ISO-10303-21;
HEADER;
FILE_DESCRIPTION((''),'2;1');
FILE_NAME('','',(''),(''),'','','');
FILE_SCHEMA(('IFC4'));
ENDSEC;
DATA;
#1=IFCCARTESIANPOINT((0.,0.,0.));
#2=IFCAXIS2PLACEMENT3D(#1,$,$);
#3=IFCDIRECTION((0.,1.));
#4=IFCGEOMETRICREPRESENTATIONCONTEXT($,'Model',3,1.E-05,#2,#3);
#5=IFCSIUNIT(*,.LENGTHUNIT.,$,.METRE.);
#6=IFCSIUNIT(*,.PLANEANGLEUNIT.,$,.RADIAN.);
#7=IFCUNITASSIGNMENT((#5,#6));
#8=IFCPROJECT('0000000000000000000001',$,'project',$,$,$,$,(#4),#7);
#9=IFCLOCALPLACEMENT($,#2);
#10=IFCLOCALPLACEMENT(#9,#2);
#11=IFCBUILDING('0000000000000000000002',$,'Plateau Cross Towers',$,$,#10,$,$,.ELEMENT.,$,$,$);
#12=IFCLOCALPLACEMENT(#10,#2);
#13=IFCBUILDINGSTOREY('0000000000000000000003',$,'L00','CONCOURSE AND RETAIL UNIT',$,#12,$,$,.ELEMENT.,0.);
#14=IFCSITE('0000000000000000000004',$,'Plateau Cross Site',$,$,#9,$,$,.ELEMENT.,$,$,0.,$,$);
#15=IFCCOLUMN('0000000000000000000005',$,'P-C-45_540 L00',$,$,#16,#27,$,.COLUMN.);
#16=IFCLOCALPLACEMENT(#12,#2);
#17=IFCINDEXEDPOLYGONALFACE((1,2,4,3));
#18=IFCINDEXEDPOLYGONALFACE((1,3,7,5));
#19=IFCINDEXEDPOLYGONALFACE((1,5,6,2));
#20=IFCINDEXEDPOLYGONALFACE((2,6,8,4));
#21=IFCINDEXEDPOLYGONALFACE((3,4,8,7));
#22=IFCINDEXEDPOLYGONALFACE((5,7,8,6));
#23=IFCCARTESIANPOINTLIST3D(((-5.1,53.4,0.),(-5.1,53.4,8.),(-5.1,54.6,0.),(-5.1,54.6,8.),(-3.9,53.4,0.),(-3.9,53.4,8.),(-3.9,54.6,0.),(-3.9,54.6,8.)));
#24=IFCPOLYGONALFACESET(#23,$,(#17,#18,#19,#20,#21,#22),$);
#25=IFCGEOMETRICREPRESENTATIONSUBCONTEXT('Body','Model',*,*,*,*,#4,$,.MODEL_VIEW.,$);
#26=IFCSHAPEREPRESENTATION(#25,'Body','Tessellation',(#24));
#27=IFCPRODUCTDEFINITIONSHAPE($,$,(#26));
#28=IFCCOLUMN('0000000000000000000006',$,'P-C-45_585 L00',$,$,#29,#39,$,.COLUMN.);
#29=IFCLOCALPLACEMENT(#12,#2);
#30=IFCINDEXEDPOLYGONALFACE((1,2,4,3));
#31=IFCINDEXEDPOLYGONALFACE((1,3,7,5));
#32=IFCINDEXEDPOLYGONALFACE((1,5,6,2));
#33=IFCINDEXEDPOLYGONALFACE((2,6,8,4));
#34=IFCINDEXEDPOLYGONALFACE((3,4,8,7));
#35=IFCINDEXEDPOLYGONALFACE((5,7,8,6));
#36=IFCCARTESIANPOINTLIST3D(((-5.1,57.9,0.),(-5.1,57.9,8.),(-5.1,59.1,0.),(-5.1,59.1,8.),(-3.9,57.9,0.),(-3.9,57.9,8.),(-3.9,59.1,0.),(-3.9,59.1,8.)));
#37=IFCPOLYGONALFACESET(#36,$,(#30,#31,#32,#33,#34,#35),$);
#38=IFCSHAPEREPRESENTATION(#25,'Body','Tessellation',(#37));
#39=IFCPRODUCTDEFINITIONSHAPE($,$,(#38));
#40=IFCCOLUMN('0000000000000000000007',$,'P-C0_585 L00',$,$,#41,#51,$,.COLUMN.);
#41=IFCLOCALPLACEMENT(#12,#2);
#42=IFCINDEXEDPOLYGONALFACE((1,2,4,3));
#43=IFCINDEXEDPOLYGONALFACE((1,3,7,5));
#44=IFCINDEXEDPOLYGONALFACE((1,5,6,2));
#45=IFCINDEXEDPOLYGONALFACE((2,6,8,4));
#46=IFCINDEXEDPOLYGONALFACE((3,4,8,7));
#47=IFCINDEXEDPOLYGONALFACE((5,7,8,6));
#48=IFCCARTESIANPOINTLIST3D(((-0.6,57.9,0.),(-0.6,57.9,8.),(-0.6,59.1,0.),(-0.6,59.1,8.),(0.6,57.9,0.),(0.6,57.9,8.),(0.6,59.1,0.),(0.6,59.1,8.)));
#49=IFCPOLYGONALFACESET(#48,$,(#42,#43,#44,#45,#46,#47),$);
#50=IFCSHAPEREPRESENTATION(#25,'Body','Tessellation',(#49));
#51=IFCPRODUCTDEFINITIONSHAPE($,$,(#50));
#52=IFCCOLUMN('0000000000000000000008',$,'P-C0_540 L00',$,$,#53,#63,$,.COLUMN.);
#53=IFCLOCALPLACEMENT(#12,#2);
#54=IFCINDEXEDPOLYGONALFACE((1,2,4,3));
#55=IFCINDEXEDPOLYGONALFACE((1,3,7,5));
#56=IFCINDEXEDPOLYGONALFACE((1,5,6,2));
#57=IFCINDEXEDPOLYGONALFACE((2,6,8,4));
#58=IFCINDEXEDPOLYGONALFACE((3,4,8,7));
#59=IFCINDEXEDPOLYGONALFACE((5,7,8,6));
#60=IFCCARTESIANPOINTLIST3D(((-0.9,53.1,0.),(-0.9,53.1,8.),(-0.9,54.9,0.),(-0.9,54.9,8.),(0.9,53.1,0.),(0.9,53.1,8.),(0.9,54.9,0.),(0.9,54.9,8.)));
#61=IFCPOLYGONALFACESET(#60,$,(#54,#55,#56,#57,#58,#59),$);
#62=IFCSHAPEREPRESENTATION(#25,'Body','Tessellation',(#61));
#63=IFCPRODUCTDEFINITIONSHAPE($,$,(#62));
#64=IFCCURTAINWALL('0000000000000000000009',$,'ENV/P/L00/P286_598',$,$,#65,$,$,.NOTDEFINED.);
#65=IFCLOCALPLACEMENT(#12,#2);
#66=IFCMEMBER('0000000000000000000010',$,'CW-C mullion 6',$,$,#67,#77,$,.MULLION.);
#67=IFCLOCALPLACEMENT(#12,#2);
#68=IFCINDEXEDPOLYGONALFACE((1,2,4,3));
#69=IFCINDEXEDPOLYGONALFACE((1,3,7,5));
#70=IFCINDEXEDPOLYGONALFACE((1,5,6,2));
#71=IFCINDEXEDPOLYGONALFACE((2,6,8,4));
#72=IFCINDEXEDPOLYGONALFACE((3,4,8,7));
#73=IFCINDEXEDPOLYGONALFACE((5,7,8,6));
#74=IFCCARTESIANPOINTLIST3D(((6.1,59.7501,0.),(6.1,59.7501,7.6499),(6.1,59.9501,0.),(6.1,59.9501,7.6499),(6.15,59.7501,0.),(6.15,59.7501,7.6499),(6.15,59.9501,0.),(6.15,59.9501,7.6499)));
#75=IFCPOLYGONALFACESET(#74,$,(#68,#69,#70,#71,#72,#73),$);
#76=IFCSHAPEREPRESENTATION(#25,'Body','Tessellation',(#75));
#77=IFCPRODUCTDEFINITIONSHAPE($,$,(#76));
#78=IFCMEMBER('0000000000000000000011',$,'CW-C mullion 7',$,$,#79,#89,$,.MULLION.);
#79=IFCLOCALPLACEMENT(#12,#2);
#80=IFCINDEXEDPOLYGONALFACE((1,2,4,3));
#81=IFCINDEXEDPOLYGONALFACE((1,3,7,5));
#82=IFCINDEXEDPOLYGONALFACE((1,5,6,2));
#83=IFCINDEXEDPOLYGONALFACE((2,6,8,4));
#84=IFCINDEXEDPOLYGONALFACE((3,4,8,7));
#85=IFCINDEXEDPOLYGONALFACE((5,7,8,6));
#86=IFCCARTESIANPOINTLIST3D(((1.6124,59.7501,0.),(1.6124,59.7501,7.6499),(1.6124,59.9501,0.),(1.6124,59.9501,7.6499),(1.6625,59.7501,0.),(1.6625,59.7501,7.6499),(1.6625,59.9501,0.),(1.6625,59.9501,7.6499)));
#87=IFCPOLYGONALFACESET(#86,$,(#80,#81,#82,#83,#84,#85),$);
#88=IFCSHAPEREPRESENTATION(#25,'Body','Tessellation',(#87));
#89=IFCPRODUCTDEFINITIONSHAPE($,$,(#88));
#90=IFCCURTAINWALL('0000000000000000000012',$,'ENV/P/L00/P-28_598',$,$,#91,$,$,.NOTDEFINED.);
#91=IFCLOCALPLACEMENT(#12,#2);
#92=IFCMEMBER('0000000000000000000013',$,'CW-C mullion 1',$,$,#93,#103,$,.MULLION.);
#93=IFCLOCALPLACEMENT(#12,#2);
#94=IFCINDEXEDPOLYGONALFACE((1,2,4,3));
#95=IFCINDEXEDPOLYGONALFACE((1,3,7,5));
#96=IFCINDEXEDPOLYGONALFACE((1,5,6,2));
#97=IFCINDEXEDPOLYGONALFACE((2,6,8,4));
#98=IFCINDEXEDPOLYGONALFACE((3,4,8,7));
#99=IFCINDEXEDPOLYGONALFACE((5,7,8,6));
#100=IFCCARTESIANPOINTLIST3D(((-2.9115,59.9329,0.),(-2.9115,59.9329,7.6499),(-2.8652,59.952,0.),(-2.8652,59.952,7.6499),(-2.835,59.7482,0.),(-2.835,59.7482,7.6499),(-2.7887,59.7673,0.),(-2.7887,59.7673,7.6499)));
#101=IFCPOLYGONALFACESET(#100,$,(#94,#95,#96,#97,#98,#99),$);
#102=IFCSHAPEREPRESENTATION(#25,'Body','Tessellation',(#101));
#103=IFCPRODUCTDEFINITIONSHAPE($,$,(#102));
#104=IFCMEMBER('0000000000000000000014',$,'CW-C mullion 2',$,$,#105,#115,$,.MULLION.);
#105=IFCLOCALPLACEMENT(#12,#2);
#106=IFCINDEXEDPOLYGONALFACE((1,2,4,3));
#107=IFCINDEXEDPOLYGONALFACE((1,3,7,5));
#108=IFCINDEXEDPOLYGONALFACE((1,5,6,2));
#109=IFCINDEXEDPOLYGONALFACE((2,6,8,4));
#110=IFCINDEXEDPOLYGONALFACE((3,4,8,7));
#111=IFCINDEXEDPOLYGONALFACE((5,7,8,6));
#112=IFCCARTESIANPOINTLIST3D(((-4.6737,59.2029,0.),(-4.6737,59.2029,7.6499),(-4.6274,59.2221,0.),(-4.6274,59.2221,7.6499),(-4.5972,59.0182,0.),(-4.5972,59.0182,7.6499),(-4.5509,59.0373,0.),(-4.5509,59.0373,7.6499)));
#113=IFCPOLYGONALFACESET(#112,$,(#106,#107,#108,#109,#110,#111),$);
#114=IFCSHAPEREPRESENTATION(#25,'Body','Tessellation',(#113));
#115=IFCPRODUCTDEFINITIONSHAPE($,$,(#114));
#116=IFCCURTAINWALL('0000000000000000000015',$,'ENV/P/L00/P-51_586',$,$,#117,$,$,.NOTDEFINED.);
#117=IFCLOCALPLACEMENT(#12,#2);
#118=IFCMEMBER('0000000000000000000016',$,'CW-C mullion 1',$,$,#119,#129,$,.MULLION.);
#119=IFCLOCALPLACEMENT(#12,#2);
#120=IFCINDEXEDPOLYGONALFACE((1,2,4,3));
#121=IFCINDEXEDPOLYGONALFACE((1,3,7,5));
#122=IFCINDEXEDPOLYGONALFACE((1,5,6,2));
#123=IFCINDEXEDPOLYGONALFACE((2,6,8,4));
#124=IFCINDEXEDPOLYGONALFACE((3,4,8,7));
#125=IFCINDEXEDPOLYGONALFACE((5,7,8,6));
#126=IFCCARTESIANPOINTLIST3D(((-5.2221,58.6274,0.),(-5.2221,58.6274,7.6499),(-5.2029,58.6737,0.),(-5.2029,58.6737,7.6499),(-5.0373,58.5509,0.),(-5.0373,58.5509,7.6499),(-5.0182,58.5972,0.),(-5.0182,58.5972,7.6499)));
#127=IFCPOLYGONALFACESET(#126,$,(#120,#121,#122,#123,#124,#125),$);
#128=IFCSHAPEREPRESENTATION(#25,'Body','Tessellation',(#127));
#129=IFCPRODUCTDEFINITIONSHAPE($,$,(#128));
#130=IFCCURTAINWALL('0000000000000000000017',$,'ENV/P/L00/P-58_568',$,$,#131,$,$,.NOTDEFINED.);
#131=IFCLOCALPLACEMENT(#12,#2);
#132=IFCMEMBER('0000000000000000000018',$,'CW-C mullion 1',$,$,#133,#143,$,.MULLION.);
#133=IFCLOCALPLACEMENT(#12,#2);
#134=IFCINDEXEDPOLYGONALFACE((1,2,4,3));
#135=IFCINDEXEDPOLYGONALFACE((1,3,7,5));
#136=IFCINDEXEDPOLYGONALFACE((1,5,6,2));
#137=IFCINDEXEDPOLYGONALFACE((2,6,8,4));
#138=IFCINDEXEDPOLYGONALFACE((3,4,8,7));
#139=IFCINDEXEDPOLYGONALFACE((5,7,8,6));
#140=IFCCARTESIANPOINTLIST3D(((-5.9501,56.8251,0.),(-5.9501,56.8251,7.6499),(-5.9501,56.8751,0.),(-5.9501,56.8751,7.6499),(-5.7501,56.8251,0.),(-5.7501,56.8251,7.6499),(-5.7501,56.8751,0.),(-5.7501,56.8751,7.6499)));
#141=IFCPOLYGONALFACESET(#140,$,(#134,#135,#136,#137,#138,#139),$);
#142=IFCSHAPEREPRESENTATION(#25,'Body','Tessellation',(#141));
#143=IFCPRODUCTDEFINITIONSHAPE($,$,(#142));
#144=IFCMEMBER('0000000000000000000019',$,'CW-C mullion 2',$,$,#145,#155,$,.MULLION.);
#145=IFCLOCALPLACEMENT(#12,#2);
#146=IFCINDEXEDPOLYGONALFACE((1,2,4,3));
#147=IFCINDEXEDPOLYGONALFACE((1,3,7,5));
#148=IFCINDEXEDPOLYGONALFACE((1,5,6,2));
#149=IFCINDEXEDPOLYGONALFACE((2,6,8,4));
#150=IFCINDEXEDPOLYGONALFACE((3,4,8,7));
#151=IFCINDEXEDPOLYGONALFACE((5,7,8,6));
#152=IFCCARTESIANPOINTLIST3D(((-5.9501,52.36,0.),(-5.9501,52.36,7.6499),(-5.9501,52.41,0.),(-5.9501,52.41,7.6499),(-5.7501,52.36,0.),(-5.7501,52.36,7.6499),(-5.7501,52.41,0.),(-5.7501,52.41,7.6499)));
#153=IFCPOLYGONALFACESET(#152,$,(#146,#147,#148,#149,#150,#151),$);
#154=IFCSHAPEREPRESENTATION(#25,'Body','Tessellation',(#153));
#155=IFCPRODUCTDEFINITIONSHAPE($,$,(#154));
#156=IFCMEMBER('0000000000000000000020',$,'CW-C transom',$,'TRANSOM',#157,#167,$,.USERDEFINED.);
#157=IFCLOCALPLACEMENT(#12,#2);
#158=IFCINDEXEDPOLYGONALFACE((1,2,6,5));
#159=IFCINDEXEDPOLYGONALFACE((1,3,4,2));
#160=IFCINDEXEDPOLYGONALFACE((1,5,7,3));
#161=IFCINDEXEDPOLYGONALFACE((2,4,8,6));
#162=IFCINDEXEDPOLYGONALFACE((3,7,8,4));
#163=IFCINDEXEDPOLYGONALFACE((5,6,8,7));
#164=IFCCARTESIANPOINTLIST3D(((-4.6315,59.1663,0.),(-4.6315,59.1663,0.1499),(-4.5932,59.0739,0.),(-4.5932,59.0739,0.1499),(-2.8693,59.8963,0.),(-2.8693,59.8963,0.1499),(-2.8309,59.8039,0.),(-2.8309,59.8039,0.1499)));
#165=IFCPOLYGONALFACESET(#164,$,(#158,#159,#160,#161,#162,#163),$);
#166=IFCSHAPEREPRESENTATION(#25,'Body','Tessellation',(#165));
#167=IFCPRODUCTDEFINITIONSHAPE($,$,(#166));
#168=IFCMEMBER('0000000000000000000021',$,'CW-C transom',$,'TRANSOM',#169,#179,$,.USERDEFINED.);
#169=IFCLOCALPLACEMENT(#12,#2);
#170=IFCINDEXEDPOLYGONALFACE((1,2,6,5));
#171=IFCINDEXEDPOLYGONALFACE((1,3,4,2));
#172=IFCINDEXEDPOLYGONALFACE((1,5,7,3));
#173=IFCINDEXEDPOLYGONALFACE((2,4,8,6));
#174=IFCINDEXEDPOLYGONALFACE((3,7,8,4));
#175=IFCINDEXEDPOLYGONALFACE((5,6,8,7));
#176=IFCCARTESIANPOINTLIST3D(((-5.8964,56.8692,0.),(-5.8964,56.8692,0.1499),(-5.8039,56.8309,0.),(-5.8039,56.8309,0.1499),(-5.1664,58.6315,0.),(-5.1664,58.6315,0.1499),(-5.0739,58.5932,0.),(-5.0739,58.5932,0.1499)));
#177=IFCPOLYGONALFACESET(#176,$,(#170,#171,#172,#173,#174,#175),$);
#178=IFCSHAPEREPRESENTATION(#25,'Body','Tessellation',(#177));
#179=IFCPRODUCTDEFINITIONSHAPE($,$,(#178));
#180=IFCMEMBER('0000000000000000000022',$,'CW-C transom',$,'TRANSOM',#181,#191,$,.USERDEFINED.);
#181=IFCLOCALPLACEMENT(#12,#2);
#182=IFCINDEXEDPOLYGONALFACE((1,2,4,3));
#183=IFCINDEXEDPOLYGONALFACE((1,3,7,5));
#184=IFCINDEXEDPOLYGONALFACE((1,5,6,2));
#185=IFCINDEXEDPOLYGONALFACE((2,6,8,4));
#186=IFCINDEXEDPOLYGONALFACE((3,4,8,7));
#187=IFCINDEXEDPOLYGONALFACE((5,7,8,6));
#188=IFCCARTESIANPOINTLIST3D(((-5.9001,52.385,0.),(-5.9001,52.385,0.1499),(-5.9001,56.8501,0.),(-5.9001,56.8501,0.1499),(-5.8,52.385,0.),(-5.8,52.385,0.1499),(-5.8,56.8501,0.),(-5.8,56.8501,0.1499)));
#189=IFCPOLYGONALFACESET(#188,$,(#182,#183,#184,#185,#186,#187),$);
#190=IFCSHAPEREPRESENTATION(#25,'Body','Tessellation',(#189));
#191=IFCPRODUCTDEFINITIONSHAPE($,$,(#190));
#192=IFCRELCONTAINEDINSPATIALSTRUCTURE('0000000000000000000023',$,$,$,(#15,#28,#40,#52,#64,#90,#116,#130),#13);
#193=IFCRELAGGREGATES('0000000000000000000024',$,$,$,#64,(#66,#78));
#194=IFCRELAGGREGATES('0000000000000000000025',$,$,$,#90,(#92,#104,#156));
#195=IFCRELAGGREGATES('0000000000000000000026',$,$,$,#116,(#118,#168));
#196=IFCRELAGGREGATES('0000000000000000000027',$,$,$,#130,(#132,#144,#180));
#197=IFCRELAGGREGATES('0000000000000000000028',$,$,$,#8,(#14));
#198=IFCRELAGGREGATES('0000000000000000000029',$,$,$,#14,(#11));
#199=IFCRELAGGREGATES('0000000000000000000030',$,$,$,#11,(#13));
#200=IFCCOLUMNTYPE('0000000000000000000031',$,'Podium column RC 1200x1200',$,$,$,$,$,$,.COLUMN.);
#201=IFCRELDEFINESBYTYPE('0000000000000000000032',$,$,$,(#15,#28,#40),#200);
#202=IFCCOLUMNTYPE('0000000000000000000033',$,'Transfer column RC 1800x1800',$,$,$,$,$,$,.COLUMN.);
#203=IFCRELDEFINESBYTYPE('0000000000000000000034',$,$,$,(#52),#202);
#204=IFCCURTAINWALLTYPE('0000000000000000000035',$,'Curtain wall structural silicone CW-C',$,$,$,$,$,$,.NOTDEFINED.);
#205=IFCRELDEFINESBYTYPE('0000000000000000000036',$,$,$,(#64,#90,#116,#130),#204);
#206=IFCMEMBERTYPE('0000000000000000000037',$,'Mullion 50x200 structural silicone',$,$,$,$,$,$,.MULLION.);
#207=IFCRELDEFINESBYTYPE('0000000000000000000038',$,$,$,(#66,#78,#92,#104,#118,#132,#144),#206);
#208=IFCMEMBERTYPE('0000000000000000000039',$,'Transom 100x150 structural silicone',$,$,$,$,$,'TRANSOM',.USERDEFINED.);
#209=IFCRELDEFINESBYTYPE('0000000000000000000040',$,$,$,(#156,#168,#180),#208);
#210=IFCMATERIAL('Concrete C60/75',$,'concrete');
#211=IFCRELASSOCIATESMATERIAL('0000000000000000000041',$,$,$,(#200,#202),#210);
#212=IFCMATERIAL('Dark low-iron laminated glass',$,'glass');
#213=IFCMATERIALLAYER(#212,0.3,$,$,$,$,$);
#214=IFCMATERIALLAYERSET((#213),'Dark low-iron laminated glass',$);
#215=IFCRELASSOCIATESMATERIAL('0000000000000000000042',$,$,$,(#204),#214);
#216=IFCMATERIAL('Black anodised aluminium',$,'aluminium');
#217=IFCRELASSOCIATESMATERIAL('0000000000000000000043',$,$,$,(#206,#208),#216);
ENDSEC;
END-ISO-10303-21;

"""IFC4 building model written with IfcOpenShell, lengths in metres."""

from ifc_helpers import new_model, si_unit, direction, frame, origin, origin_2d, place, context, subcontext, project, spatial, rectangle, extrude, material, layer, layer_set, material_profile, profile_set, type_object, element, aggregate, save


model = new_model("IFC4")

# Units and contexts
model_context = context("Model", 3, precision=1e-05, world=origin(), true_north=direction((0.0, 1.0)))
body_context = subcontext(model_context, "Body", "Model", "MODEL_VIEW")
ifc_project = project(units=[si_unit("LENGTHUNIT", "METRE"), si_unit("PLANEANGLEUNIT", "RADIAN")], contexts=[model_context])

# Site, building, storey
site_placement = place(None, origin())
site = spatial("IfcSite", under=ifc_project, at=site_placement, Name="Plateau Cross Site", CompositionType="ELEMENT", RefElevation=0.0)
building_placement = place(site_placement, origin())
building = spatial("IfcBuilding", under=site, at=building_placement, Name="Plateau Cross Towers", CompositionType="ELEMENT")
storey_placement = place(building_placement, origin())
storey = spatial("IfcBuildingStorey", under=building, at=storey_placement, Name="L00", Description="CONCOURSE AND RETAIL UNIT", CompositionType="ELEMENT", Elevation=0.0)

# Columns
ifc_material_1 = material(Name="Concrete C60/75", Category="concrete")
ifc_material_profile_1 = material_profile(ifc_material_1, rectangle(XDim=1.2, YDim=1.2, at=origin_2d()), Name="RC 1200x1200")
ifc_profile_set_1 = profile_set([ifc_material_profile_1], Name="Concrete C60/75")
column_type_1 = type_object("IfcColumnType", Name="Podium column RC 1200x1200", PredefinedType="COLUMN", material=ifc_profile_set_1)
for number, where, z_axis, x_axis, name in (
    (1, (-4.5, 54.0, 0.0), (0.0, 0.0, 1.0), (1.0, 0.0, 0.0), "P-C-45_540 L00"),
    (2, (-4.5, 58.5, 0.0), (0.0, 0.0, 1.0), (1.0, 0.0, 0.0), "P-C-45_585 L00"),
    (3, (0.0, 58.5, 0.0), (0.0, 0.0, 1.0), (1.0, 0.0, 0.0), "P-C0_585 L00"),
):
    element("IfcColumn", number, at=place(storey_placement, frame(where, z_axis=z_axis, x_axis=x_axis)), inside=storey, type_object=column_type_1, Name=name, PredefinedType="COLUMN", context=body_context, shape_type="SweptSolid", body=[
        extrude(rectangle(XDim=1.2, YDim=1.2, at=origin_2d()), origin(), (0.0, 0.0, 1.0), 8.0),
    ])
ifc_material_profile_2 = material_profile(ifc_material_1, rectangle(XDim=1.8, YDim=1.8, at=origin_2d()), Name="RC 1800x1800")
ifc_profile_set_2 = profile_set([ifc_material_profile_2], Name="Concrete C60/75")
column_type_2 = type_object("IfcColumnType", Name="Transfer column RC 1800x1800", PredefinedType="COLUMN", material=ifc_profile_set_2)
column_placement = place(storey_placement, frame((0.0, 54.0, 0.0), z_axis=(0.0, 0.0, 1.0), x_axis=(1.0, 0.0, 0.0)))
element("IfcColumn", 4, at=column_placement, inside=storey, type_object=column_type_2, Name="P-C0_540 L00", PredefinedType="COLUMN", context=body_context, shape_type="SweptSolid", body=[
    extrude(rectangle(XDim=1.8, YDim=1.8, at=origin_2d()), origin(), (0.0, 0.0, 1.0), 8.0),
])

# Curtain walls, members
ifc_material_2 = material(Name="Dark low-iron laminated glass", Category="glass")
ifc_layer_1 = layer(ifc_material_2, 0.3)
ifc_layer_set_1 = layer_set([ifc_layer_1], Name="Dark low-iron laminated glass")
curtain_wall_type = type_object("IfcCurtainWallType", Name="Curtain wall structural silicone CW-C", PredefinedType="NOTDEFINED", material=ifc_layer_set_1)
curtain_wall_1_placement = place(storey_placement, origin())
curtain_wall_1 = element("IfcCurtainWall", 5, at=curtain_wall_1_placement, inside=storey, type_object=curtain_wall_type, Name="ENV/P/L00/P286_598", PredefinedType="NOTDEFINED")
ifc_material_3 = material(Name="Black anodised aluminium", Category="aluminium")
ifc_material_profile_3 = material_profile(ifc_material_3, rectangle(XDim=0.05, YDim=0.2, at=origin_2d()), Name="MULLION 50x200")
ifc_profile_set_3 = profile_set([ifc_material_profile_3], Name="Black anodised aluminium")
member_type_1 = type_object("IfcMemberType", Name="Mullion 50x200 structural silicone", PredefinedType="MULLION", material=ifc_profile_set_3)
member_1_placement = place(storey_placement, frame((6.125, 59.8501, 0.0), z_axis=(0.0, 0.0, 1.0), x_axis=(-1.0, 0.0, 0.0)))
member_1 = element("IfcMember", 6, at=member_1_placement, type_object=member_type_1, Name="CW-C mullion 6", PredefinedType="MULLION", context=body_context, shape_type="SweptSolid", body=[
    extrude(rectangle(XDim=0.05, YDim=0.2, at=origin_2d()), origin(), (0.0, 0.0, 1.0), 7.6499),
])
member_2_placement = place(storey_placement, frame((1.6375, 59.8501, 0.0), z_axis=(0.0, 0.0, 1.0), x_axis=(-1.0, 0.0, 0.0)))
member_2 = element("IfcMember", 7, at=member_2_placement, type_object=member_type_1, Name="CW-C mullion 7", PredefinedType="MULLION", context=body_context, shape_type="SweptSolid", body=[
    extrude(rectangle(XDim=0.05, YDim=0.2, at=origin_2d()), origin(), (0.0, 0.0, 1.0), 7.6499),
])
curtain_wall_2_placement = place(storey_placement, origin())
curtain_wall_2 = element("IfcCurtainWall", 8, at=curtain_wall_2_placement, inside=storey, type_object=curtain_wall_type, Name="ENV/P/L00/P-28_598", PredefinedType="NOTDEFINED")
member_3_placement = place(storey_placement, frame((-2.8501, 59.8501, 0.0), z_axis=(0.0, 0.0, 1.0), x_axis=(-0.923879, -0.382684, 0.0)))
member_3 = element("IfcMember", 9, at=member_3_placement, type_object=member_type_1, Name="CW-C mullion 1", PredefinedType="MULLION", context=body_context, shape_type="SweptSolid", body=[
    extrude(rectangle(XDim=0.05, YDim=0.2, at=origin_2d()), origin(), (0.0, 0.0, 1.0), 7.6499),
])
member_4_placement = place(storey_placement, frame((-4.6123, 59.1201, 0.0), z_axis=(0.0, 0.0, 1.0), x_axis=(-0.923879, -0.382684, 0.0)))
member_4 = element("IfcMember", 10, at=member_4_placement, type_object=member_type_1, Name="CW-C mullion 2", PredefinedType="MULLION", context=body_context, shape_type="SweptSolid", body=[
    extrude(rectangle(XDim=0.05, YDim=0.2, at=origin_2d()), origin(), (0.0, 0.0, 1.0), 7.6499),
])

# Curtain wall, member
curtain_wall_3_placement = place(storey_placement, origin())
curtain_wall_3 = element("IfcCurtainWall", 11, at=curtain_wall_3_placement, inside=storey, type_object=curtain_wall_type, Name="ENV/P/L00/P-51_586", PredefinedType="NOTDEFINED")
member_5_placement = place(storey_placement, frame((-5.1201, 58.6123, 0.0), z_axis=(0.0, 0.0, 1.0), x_axis=(-0.382684, -0.923879, 0.0)))
member_5 = element("IfcMember", 12, at=member_5_placement, type_object=member_type_1, Name="CW-C mullion 1", PredefinedType="MULLION", context=body_context, shape_type="SweptSolid", body=[
    extrude(rectangle(XDim=0.05, YDim=0.2, at=origin_2d()), origin(), (0.0, 0.0, 1.0), 7.6499),
])

# Curtain wall, members
curtain_wall_4_placement = place(storey_placement, origin())
curtain_wall_4 = element("IfcCurtainWall", 13, at=curtain_wall_4_placement, inside=storey, type_object=curtain_wall_type, Name="ENV/P/L00/P-58_568", PredefinedType="NOTDEFINED")
member_6_placement = place(storey_placement, frame((-5.8501, 56.8501, 0.0), z_axis=(0.0, 0.0, 1.0), x_axis=(0.0, -1.0, 0.0)))
member_6 = element("IfcMember", 14, at=member_6_placement, type_object=member_type_1, Name="CW-C mullion 1", PredefinedType="MULLION", context=body_context, shape_type="SweptSolid", body=[
    extrude(rectangle(XDim=0.05, YDim=0.2, at=origin_2d()), origin(), (0.0, 0.0, 1.0), 7.6499),
])
member_7_placement = place(storey_placement, frame((-5.8501, 52.385, 0.0), z_axis=(0.0, 0.0, 1.0), x_axis=(0.0, -1.0, 0.0)))
member_7 = element("IfcMember", 15, at=member_7_placement, type_object=member_type_1, Name="CW-C mullion 2", PredefinedType="MULLION", context=body_context, shape_type="SweptSolid", body=[
    extrude(rectangle(XDim=0.05, YDim=0.2, at=origin_2d()), origin(), (0.0, 0.0, 1.0), 7.6499),
])

# Members
ifc_material_profile_4 = material_profile(ifc_material_3, rectangle(XDim=0.1001, YDim=0.1499, at=origin_2d()), Name="TRANSOM 100x150")
ifc_profile_set_4 = profile_set([ifc_material_profile_4], Name="Black anodised aluminium")
member_type_2 = type_object("IfcMemberType", Name="Transom 100x150 structural silicone", ElementType="TRANSOM", PredefinedType="USERDEFINED", material=ifc_profile_set_4)
member_8_placement = place(storey_placement, frame((-2.8501, 59.8501, 0.075), z_axis=(-0.92387, -0.382706, 0.0), x_axis=(0.382706, -0.92387, 0.0)))
member_8 = element("IfcMember", 16, at=member_8_placement, type_object=member_type_2, Name="CW-C transom", ObjectType="TRANSOM", PredefinedType="USERDEFINED", context=body_context, shape_type="SweptSolid", body=[
    extrude(rectangle(XDim=0.1001, YDim=0.1499, at=origin_2d()), origin(), (0.0, 0.0, 1.0), 1.9075),
])
member_9_placement = place(storey_placement, frame((-5.1201, 58.6123, 0.075), z_axis=(-0.382706, -0.92387, 0.0), x_axis=(0.92387, -0.382706, 0.0)))
member_9 = element("IfcMember", 17, at=member_9_placement, type_object=member_type_2, Name="CW-C transom", ObjectType="TRANSOM", PredefinedType="USERDEFINED", context=body_context, shape_type="SweptSolid", body=[
    extrude(rectangle(XDim=0.1001, YDim=0.1499, at=origin_2d()), origin(), (0.0, 0.0, 1.0), 1.9075),
])
member_10_placement = place(storey_placement, frame((-5.8501, 56.8501, 0.075), z_axis=(0.0, -1.0, 0.0), x_axis=(1.0, 0.0, 0.0)))
member_10 = element("IfcMember", 18, at=member_10_placement, type_object=member_type_2, Name="CW-C transom", ObjectType="TRANSOM", PredefinedType="USERDEFINED", context=body_context, shape_type="SweptSolid", body=[
    extrude(rectangle(XDim=0.1001, YDim=0.1499, at=origin_2d()), origin(), (0.0, 0.0, 1.0), 4.4651),
])

aggregate(curtain_wall_1, [member_1, member_2])
aggregate(curtain_wall_2, [member_3, member_4, member_8])
aggregate(curtain_wall_3, [member_5, member_9])
aggregate(curtain_wall_4, [member_6, member_7, member_10])

save(model, "model.ifc")
